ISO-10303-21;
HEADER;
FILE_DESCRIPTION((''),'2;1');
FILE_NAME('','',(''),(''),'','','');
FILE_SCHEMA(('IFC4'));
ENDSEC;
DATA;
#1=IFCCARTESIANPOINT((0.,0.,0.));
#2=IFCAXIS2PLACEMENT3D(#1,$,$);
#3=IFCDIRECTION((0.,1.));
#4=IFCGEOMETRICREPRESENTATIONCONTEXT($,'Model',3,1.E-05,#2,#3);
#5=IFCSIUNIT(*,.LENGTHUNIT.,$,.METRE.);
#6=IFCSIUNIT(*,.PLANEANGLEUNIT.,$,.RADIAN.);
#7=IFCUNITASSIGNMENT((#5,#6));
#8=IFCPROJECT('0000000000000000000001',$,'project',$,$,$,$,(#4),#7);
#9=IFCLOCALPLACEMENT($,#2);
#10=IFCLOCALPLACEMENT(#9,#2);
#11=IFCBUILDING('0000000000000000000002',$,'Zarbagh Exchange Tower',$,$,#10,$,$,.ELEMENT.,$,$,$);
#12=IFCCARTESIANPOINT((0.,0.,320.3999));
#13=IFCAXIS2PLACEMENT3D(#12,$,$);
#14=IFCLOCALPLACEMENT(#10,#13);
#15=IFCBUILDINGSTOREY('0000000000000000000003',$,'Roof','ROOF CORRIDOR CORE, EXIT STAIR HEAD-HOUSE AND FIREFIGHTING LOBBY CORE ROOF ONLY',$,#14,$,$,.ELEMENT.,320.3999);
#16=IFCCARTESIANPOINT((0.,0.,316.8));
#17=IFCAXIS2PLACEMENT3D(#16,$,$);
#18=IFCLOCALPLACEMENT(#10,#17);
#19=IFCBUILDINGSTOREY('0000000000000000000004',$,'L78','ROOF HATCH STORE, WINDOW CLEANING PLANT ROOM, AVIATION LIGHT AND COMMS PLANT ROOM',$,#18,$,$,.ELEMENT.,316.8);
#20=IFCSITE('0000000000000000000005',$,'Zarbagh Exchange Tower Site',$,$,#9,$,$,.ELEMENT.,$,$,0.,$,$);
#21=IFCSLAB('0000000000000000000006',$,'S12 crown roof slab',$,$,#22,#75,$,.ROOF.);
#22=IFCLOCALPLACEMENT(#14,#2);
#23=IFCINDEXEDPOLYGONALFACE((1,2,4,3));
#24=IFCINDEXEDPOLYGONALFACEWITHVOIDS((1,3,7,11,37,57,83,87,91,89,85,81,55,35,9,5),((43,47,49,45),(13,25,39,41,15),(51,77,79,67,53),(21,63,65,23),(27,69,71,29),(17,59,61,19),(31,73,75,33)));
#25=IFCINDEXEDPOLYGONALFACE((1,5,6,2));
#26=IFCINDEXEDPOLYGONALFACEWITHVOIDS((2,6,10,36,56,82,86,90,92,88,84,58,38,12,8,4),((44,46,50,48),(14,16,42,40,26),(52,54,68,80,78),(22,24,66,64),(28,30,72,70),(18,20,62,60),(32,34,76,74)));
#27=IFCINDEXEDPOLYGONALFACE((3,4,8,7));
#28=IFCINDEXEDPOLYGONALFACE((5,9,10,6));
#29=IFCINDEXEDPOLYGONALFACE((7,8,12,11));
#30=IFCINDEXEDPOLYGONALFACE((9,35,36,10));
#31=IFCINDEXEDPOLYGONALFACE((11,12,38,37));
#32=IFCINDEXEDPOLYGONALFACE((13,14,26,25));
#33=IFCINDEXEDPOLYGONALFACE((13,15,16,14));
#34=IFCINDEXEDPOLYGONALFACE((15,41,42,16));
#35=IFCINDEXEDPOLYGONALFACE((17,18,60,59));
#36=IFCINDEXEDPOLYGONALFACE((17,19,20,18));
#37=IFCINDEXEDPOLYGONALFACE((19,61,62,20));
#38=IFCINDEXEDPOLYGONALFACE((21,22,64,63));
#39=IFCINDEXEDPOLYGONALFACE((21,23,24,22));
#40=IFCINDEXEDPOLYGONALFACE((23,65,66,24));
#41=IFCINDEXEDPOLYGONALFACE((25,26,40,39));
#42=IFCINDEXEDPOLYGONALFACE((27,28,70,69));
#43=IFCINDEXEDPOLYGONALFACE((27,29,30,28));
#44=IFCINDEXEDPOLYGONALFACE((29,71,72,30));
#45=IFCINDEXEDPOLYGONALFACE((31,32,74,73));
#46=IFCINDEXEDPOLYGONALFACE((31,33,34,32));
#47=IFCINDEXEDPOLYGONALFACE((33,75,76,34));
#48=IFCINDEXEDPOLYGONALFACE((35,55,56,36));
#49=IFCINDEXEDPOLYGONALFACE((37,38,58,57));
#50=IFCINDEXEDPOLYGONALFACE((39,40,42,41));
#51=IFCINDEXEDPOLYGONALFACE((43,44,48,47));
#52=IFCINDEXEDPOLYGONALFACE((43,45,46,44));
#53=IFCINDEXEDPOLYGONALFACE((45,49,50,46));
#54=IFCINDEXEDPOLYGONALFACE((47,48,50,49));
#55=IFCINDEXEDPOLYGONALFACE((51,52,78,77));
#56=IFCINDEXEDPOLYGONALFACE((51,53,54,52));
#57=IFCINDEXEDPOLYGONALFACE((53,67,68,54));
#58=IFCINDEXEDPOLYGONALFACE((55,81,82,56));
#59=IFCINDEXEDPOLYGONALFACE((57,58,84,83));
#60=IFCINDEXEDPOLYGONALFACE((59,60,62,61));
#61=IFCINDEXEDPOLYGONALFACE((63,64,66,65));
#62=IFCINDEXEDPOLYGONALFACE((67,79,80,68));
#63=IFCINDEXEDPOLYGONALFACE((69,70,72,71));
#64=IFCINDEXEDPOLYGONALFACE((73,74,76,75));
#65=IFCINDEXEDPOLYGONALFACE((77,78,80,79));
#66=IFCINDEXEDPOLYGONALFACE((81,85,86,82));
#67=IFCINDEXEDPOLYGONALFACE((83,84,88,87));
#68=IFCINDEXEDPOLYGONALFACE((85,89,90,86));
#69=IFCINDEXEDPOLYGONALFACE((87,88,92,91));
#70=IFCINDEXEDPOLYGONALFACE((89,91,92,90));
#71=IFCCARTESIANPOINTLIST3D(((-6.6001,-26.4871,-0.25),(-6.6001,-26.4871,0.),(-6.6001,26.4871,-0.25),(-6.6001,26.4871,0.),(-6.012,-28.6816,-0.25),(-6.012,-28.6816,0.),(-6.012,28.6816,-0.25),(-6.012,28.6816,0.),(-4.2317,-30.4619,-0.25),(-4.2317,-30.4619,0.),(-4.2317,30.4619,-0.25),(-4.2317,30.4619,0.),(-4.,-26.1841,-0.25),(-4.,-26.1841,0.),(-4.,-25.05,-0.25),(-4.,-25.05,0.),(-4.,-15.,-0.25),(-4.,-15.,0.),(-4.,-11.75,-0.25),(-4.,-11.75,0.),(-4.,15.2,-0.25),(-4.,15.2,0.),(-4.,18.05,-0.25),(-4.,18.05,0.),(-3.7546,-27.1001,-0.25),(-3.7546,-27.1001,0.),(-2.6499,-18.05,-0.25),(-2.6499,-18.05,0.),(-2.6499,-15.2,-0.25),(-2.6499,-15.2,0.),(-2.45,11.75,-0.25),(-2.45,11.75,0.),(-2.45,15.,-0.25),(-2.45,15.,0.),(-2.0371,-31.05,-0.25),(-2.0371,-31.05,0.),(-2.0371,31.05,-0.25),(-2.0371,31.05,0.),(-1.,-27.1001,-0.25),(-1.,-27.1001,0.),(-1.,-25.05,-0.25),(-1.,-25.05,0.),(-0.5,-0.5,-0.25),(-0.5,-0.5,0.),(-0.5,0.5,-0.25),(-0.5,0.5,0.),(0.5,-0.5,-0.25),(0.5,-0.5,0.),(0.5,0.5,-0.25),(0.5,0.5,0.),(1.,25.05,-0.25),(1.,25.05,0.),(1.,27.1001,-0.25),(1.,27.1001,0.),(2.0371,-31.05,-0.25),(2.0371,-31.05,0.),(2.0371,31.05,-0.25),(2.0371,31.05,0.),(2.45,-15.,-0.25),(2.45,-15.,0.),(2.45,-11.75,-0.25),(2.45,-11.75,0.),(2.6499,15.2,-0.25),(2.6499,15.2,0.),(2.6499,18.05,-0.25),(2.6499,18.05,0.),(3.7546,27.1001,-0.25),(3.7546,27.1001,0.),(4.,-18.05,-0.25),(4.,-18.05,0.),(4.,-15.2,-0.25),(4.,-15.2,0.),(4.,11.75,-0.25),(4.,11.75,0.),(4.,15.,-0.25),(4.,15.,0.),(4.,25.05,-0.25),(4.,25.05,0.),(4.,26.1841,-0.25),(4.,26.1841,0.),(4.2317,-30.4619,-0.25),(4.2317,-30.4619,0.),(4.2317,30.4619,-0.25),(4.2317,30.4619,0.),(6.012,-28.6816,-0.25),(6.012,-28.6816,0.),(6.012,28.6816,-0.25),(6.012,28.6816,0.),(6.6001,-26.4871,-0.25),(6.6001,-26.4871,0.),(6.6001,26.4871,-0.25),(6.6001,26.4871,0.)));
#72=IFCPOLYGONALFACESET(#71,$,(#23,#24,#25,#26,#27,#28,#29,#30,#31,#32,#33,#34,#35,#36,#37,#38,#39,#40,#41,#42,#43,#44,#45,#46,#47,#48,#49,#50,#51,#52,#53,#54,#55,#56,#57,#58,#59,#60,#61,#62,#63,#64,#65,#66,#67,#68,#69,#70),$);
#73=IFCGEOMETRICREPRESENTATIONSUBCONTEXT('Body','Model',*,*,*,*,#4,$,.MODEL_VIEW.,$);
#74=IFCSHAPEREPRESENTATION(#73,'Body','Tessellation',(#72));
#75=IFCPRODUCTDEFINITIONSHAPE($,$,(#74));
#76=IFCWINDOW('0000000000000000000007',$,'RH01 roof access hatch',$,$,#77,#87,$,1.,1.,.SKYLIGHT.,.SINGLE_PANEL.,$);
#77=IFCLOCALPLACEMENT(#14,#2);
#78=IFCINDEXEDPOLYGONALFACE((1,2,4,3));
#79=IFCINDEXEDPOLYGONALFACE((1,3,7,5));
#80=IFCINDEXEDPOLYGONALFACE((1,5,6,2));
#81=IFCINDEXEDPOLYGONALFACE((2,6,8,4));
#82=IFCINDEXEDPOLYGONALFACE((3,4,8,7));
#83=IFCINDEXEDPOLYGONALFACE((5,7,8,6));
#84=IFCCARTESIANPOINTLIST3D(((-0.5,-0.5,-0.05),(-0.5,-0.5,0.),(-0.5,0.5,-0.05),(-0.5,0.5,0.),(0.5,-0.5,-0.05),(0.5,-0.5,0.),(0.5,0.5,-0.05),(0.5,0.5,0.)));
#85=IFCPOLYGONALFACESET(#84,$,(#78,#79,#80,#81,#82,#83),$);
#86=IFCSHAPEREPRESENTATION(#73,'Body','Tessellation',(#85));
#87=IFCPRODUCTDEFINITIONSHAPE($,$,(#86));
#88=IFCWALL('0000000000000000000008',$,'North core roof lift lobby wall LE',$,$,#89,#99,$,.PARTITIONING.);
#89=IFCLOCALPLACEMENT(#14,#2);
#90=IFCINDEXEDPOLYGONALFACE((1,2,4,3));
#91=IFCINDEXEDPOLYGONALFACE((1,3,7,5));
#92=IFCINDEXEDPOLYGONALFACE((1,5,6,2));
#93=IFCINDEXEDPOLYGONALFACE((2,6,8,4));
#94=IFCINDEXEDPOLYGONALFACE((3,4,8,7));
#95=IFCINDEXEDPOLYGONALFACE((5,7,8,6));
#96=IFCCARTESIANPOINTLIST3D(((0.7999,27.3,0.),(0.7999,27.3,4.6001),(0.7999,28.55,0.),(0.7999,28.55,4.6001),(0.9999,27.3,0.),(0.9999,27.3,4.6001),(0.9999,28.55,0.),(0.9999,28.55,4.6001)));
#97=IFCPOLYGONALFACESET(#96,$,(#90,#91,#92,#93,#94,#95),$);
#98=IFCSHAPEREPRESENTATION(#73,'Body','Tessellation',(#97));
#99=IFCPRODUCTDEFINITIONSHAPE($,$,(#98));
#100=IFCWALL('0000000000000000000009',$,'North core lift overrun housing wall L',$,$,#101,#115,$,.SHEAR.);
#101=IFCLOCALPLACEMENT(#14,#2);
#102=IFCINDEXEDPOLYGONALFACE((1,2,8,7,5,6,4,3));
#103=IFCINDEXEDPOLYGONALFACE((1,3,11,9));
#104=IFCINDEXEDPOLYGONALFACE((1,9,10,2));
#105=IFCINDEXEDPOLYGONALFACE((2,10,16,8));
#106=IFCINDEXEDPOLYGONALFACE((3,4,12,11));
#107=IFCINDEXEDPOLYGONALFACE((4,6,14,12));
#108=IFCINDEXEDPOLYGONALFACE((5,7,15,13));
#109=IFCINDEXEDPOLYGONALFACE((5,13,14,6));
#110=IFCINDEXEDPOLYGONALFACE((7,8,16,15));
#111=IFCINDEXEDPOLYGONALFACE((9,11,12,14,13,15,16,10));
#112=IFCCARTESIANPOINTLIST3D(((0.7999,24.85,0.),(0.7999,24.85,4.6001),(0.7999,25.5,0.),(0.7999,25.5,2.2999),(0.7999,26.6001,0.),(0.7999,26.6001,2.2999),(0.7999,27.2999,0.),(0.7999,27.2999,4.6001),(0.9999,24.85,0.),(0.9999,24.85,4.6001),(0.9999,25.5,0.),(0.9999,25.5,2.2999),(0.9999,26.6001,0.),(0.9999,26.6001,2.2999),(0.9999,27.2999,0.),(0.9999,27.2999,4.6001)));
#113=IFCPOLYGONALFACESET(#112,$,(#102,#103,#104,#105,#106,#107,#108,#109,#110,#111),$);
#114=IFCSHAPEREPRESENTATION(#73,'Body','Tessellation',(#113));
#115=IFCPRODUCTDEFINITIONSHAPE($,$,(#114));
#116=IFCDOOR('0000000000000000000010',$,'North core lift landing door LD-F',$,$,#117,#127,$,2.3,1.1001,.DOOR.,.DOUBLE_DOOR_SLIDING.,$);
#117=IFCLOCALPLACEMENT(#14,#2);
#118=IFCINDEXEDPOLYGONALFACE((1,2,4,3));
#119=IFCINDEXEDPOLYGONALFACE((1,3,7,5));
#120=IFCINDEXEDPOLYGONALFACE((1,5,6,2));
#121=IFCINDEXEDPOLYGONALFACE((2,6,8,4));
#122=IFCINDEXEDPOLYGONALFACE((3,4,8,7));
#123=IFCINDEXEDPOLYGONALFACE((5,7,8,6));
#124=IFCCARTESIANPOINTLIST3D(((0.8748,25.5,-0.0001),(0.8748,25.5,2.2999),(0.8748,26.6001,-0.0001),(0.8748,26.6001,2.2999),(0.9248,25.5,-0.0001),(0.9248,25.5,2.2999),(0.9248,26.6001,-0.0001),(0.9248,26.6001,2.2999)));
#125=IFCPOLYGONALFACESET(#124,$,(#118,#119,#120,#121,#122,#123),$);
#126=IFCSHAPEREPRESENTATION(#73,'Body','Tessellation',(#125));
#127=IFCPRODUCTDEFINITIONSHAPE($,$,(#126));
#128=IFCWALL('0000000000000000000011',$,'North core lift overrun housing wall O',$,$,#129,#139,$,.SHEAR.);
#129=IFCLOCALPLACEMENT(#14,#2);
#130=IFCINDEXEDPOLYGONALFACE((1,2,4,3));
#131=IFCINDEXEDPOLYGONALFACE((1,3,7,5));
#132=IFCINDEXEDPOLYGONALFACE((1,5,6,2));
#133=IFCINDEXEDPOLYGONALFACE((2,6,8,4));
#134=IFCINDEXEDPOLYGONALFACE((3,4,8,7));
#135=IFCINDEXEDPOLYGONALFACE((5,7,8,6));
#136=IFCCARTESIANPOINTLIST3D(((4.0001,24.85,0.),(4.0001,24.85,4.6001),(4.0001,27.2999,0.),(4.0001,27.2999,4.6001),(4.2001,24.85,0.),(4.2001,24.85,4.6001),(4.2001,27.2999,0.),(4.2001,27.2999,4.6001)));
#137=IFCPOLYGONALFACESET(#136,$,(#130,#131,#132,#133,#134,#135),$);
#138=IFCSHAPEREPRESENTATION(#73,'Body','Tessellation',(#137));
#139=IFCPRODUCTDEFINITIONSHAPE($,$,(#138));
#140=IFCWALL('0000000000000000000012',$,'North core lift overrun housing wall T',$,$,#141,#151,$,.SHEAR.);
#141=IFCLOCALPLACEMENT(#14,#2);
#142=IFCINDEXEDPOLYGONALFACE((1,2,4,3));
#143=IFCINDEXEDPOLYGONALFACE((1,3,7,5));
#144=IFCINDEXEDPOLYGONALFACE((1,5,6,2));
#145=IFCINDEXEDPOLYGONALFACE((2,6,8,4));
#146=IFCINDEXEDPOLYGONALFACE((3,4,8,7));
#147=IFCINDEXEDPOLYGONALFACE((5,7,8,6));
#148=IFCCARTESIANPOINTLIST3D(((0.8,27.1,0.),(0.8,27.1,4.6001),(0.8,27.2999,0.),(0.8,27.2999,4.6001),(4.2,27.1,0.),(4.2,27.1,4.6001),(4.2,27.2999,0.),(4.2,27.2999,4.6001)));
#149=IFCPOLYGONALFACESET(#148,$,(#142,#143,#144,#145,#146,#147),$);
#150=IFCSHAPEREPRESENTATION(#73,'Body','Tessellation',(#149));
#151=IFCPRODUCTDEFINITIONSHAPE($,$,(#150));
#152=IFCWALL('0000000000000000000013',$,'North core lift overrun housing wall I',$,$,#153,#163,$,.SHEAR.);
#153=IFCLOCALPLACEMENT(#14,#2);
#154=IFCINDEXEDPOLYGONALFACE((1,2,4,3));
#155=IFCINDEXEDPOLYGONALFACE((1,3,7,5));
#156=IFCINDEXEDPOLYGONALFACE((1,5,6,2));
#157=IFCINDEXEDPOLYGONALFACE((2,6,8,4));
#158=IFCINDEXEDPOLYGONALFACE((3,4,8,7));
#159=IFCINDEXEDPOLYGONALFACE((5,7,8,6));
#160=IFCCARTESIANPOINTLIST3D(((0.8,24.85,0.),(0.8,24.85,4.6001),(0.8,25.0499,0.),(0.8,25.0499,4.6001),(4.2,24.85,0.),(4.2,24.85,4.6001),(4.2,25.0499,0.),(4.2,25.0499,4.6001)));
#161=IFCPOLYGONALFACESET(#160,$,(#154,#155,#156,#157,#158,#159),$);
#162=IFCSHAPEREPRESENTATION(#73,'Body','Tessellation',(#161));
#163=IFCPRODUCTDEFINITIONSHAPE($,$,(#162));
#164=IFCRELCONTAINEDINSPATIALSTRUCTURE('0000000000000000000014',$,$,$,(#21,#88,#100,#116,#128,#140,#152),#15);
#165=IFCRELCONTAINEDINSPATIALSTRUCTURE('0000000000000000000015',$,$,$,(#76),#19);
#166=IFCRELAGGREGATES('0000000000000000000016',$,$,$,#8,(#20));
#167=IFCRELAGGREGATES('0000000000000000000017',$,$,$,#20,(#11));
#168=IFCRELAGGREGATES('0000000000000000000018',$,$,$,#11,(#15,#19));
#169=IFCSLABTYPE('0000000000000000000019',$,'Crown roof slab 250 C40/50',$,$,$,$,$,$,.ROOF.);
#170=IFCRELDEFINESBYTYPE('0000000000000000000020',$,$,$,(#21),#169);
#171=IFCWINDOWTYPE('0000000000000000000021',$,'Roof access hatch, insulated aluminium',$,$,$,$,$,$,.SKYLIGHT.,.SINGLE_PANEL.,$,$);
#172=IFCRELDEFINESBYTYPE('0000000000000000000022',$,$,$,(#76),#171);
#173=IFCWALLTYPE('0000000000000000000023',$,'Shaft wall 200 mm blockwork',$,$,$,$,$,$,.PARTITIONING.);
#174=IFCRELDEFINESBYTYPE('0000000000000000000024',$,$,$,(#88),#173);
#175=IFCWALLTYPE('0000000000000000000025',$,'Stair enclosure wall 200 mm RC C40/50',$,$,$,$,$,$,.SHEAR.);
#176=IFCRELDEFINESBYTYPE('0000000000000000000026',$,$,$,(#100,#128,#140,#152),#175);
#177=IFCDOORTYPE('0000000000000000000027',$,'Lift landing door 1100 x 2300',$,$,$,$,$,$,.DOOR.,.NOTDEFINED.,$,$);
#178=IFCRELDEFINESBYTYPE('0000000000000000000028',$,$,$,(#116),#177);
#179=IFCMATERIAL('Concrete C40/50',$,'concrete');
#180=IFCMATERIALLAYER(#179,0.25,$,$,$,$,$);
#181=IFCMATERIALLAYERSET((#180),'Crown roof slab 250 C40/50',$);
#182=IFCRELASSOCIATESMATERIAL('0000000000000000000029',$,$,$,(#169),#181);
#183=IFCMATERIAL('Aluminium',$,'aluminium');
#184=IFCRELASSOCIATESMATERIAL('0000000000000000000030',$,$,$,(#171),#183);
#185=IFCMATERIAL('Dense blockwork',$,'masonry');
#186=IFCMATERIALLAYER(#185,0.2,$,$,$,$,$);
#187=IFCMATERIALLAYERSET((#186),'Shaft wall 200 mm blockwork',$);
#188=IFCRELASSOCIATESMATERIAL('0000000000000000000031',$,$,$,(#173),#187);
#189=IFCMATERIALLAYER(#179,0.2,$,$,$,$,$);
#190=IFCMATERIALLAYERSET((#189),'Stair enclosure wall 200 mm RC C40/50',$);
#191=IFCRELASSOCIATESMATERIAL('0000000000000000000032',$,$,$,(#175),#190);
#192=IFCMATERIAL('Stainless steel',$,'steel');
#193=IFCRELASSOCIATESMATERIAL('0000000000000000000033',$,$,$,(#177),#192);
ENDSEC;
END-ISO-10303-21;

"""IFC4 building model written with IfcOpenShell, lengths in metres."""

from ifc_helpers import new_model, si_unit, direction, frame, frame_2d, origin, origin_2d, place, context, subcontext, project, spatial, polyline, rectangle, outline, extrude, material, layer, layer_set, type_object, element, fill, save


model = new_model("IFC4")

# Units and contexts
model_context = context("Model", 3, precision=1e-05, world=origin(), true_north=direction((0.0, 1.0)))
body_context = subcontext(model_context, "Body", "Model", "MODEL_VIEW")
ifc_project = project(units=[si_unit("LENGTHUNIT", "METRE"), si_unit("PLANEANGLEUNIT", "RADIAN")], contexts=[model_context])

# Site, building, storey
site_placement = place(None, origin())
site = spatial("IfcSite", under=ifc_project, at=site_placement, Name="Zarbagh Exchange Tower Site", CompositionType="ELEMENT", RefElevation=0.0)
building_placement = place(site_placement, origin())
building = spatial("IfcBuilding", under=site, at=building_placement, Name="Zarbagh Exchange Tower", CompositionType="ELEMENT")
storey_1_placement = place(building_placement, frame((0.0, 0.0, 320.3999)))
storey_1 = spatial("IfcBuildingStorey", under=building, at=storey_1_placement, Name="Roof", Description="ROOF CORRIDOR CORE, EXIT STAIR HEAD-HOUSE AND FIREFIGHTING LOBBY CORE ROOF ONLY", CompositionType="ELEMENT", Elevation=320.3999)

# Slab, opening
ifc_material_1 = material(Name="Concrete C40/50", Category="concrete")
ifc_layer_1 = layer(ifc_material_1, 0.25)
ifc_layer_set_1 = layer_set([ifc_layer_1], Name="Crown roof slab 250 C40/50")
slab_type = type_object("IfcSlabType", Name="Crown roof slab 250 C40/50", PredefinedType="ROOF", material=ifc_layer_set_1)
slab_placement = place(storey_1_placement, frame((0.0, 0.0, -0.25)))
slab = element("IfcSlab", 1, at=slab_placement, inside=storey_1, type_object=slab_type, Name="S12 crown roof slab", PredefinedType="ROOF", context=body_context, shape_type="SweptSolid", body=[
    extrude(outline(polyline([(-2.0371, -31.05), (-4.2317, -30.4619), (-6.012, -28.6816), (-6.6001, -26.4871), (-6.6001, 26.4871), (-6.012, 28.6816), (-4.2317, 30.4619), (-2.0371, 31.05), (2.0371, 31.05), (4.2317, 30.4619), (6.012, 28.6816), (6.6001, 26.4871), (6.6001, -26.4871), (6.012, -28.6816), (4.2317, -30.4619), (2.0371, -31.05), (-2.0371, -31.05)]), holes=[polyline([(-1.0, -27.1001), (-1.0, -25.05), (-4.0, -25.05), (-4.0, -26.1841), (-3.7546, -27.1001), (-1.0, -27.1001)]), polyline([(4.0, -15.2), (-2.6499, -15.2), (-2.6499, -18.05), (4.0, -18.05), (4.0, -15.2)]), polyline([(-4.0, -15.0), (2.45, -15.0), (2.45, -11.75), (-4.0, -11.75), (-4.0, -15.0)]), polyline([(-2.45, 15.0), (-2.45, 11.75), (4.0, 11.75), (4.0, 15.0), (-2.45, 15.0)]), polyline([(-4.0, 15.2), (2.6499, 15.2), (2.6499, 18.05), (-4.0, 18.05), (-4.0, 15.2)]), polyline([(3.7546, 27.1001), (1.0, 27.1001), (1.0, 25.05), (4.0, 25.05), (4.0, 26.1841), (3.7546, 27.1001)])]), origin(), (0.0, 0.0, 1.0), 0.25),
])
opening_1_placement = place(slab_placement, origin())
opening_1 = element("IfcOpeningElement", 2, at=opening_1_placement, cuts=slab, PredefinedType="OPENING", context=body_context, shape_type="SweptSolid", body=[
    extrude(rectangle(XDim=1.0, YDim=1.0, at=origin_2d()), frame((0.0, 0.0, -0.01)), (0.0, 0.0, 1.0), 0.27),
])

# Shared definitions
storey_2_placement = place(building_placement, frame((0.0, 0.0, 316.8)))
storey_2 = spatial("IfcBuildingStorey", under=building, at=storey_2_placement, Name="L78", Description="ROOF HATCH STORE, WINDOW CLEANING PLANT ROOM, AVIATION LIGHT AND COMMS PLANT ROOM", CompositionType="ELEMENT", Elevation=316.8)

# Window
ifc_material_2 = material(Name="Aluminium", Category="aluminium")
window_type = type_object("IfcWindowType", Name="Roof access hatch, insulated aluminium", PartitioningType="SINGLE_PANEL", PredefinedType="SKYLIGHT", material=ifc_material_2)
window_placement = place(opening_1_placement, frame((0.0, 0.0, 0.2)))
window = element("IfcWindow", 3, at=window_placement, inside=storey_2, type_object=window_type, Name="RH01 roof access hatch", OverallHeight=1.0, OverallWidth=1.0, PartitioningType="SINGLE_PANEL", PredefinedType="SKYLIGHT", context=body_context, shape_type="SweptSolid", body=[
    extrude(rectangle(XDim=1.0, YDim=1.0, at=origin_2d()), origin(), (0.0, 0.0, 1.0), 0.05),
])
fill(opening_1, window)

# Wall
ifc_material_3 = material(Name="Dense blockwork", Category="masonry")
ifc_layer_2 = layer(ifc_material_3, 0.2)
ifc_layer_set_2 = layer_set([ifc_layer_2], Name="Shaft wall 200 mm blockwork")
wall_type_1 = type_object("IfcWallType", Name="Shaft wall 200 mm blockwork", PredefinedType="PARTITIONING", material=ifc_layer_set_2)
wall_1_placement = place(storey_1_placement, frame((0.8999, 28.55, 0.0), z_axis=(0.0, 0.0, 1.0), x_axis=(0.0, -1.0, 0.0)))
element("IfcWall", 4, at=wall_1_placement, inside=storey_1, type_object=wall_type_1, Name="North core roof lift lobby wall LE", PredefinedType="PARTITIONING", context=body_context, shape_type="SweptSolid", body=[
    extrude(rectangle(XDim=1.25, YDim=0.2, at=frame_2d((0.625, 0.0))), origin(), (0.0, 0.0, 1.0), 4.6001),
])

# Wall, opening, door
ifc_layer_3 = layer(ifc_material_1, 0.2)
ifc_layer_set_3 = layer_set([ifc_layer_3], Name="Stair enclosure wall 200 mm RC C40/50")
wall_type_2 = type_object("IfcWallType", Name="Stair enclosure wall 200 mm RC C40/50", PredefinedType="SHEAR", material=ifc_layer_set_3)
wall_2_placement = place(storey_1_placement, frame((0.8999, 27.3, 0.0), z_axis=(0.0, 0.0, 1.0), x_axis=(0.0, -1.0, 0.0)))
wall_2 = element("IfcWall", 5, at=wall_2_placement, inside=storey_1, type_object=wall_type_2, Name="North core lift overrun housing wall L", PredefinedType="SHEAR", context=body_context, shape_type="SweptSolid", body=[
    extrude(rectangle(XDim=2.45, YDim=0.2, at=frame_2d((1.2251, 0.0))), origin(), (0.0, 0.0, 1.0), 4.6001),
])
opening_2_placement = place(wall_2_placement, frame((0.7, 0.0, 0.0)))
opening_2 = element("IfcOpeningElement", 6, at=opening_2_placement, cuts=wall_2, PredefinedType="OPENING", context=body_context, shape_type="SweptSolid", body=[
    extrude(rectangle(XDim=1.1001, YDim=2.3, at=frame_2d((0.55, 1.1499))), frame((0.0, 0.1099, 0.0), z_axis=(0.0, -1.0, 0.0), x_axis=(1.0, 0.0, 0.0)), (0.0, 0.0, 1.0), 0.22),
])
ifc_material_4 = material(Name="Stainless steel", Category="steel")
door_type_1 = type_object("IfcDoorType", Name="Lift landing door 1100 x 2300", OperationType="NOTDEFINED", PredefinedType="DOOR", material=ifc_material_4)
door_1_placement = place(opening_2_placement, origin())
door_1 = element("IfcDoor", 7, at=door_1_placement, inside=storey_1, type_object=door_type_1, Name="North core lift landing door LD-F", OperationType="DOUBLE_DOOR_SLIDING", OverallHeight=2.3, OverallWidth=1.1001, PredefinedType="DOOR", context=body_context, shape_type="SweptSolid", body=[
    extrude(rectangle(XDim=1.1001, YDim=2.3, at=frame_2d((0.55, 1.1499))), frame((0.0, 0.0249, 0.0), z_axis=(0.0, -1.0, 0.0), x_axis=(1.0, 0.0, 0.0)), (0.0, 0.0, 1.0), 0.05),
])
fill(opening_2, door_1)

# Walls
wall_3_placement = place(storey_1_placement, frame((4.1001, 27.3, 0.0), z_axis=(0.0, 0.0, 1.0), x_axis=(0.0, -1.0, 0.0)))
element("IfcWall", 8, at=wall_3_placement, inside=storey_1, type_object=wall_type_2, Name="North core lift overrun housing wall O", PredefinedType="SHEAR", context=body_context, shape_type="SweptSolid", body=[
    extrude(rectangle(XDim=2.45, YDim=0.2, at=frame_2d((1.2251, 0.0))), origin(), (0.0, 0.0, 1.0), 4.6001),
])
for number, where, z_axis, x_axis, name in (
    (9, (0.8, 27.2, 0.0), (0.0, 0.0, 1.0), (1.0, 0.0, 0.0), "North core lift overrun housing wall T"),
    (10, (0.8, 24.95, 0.0), (0.0, 0.0, 1.0), (1.0, 0.0, 0.0), "North core lift overrun housing wall I"),
):
    element("IfcWall", number, at=place(storey_1_placement, frame(where, z_axis=z_axis, x_axis=x_axis)), inside=storey_1, type_object=wall_type_2, Name=name, PredefinedType="SHEAR", context=body_context, shape_type="SweptSolid", body=[
        extrude(rectangle(XDim=3.3999, YDim=0.2, at=frame_2d((1.7, 0.0))), origin(), (0.0, 0.0, 1.0), 4.6001),
    ])

save(model, "model.ifc")
